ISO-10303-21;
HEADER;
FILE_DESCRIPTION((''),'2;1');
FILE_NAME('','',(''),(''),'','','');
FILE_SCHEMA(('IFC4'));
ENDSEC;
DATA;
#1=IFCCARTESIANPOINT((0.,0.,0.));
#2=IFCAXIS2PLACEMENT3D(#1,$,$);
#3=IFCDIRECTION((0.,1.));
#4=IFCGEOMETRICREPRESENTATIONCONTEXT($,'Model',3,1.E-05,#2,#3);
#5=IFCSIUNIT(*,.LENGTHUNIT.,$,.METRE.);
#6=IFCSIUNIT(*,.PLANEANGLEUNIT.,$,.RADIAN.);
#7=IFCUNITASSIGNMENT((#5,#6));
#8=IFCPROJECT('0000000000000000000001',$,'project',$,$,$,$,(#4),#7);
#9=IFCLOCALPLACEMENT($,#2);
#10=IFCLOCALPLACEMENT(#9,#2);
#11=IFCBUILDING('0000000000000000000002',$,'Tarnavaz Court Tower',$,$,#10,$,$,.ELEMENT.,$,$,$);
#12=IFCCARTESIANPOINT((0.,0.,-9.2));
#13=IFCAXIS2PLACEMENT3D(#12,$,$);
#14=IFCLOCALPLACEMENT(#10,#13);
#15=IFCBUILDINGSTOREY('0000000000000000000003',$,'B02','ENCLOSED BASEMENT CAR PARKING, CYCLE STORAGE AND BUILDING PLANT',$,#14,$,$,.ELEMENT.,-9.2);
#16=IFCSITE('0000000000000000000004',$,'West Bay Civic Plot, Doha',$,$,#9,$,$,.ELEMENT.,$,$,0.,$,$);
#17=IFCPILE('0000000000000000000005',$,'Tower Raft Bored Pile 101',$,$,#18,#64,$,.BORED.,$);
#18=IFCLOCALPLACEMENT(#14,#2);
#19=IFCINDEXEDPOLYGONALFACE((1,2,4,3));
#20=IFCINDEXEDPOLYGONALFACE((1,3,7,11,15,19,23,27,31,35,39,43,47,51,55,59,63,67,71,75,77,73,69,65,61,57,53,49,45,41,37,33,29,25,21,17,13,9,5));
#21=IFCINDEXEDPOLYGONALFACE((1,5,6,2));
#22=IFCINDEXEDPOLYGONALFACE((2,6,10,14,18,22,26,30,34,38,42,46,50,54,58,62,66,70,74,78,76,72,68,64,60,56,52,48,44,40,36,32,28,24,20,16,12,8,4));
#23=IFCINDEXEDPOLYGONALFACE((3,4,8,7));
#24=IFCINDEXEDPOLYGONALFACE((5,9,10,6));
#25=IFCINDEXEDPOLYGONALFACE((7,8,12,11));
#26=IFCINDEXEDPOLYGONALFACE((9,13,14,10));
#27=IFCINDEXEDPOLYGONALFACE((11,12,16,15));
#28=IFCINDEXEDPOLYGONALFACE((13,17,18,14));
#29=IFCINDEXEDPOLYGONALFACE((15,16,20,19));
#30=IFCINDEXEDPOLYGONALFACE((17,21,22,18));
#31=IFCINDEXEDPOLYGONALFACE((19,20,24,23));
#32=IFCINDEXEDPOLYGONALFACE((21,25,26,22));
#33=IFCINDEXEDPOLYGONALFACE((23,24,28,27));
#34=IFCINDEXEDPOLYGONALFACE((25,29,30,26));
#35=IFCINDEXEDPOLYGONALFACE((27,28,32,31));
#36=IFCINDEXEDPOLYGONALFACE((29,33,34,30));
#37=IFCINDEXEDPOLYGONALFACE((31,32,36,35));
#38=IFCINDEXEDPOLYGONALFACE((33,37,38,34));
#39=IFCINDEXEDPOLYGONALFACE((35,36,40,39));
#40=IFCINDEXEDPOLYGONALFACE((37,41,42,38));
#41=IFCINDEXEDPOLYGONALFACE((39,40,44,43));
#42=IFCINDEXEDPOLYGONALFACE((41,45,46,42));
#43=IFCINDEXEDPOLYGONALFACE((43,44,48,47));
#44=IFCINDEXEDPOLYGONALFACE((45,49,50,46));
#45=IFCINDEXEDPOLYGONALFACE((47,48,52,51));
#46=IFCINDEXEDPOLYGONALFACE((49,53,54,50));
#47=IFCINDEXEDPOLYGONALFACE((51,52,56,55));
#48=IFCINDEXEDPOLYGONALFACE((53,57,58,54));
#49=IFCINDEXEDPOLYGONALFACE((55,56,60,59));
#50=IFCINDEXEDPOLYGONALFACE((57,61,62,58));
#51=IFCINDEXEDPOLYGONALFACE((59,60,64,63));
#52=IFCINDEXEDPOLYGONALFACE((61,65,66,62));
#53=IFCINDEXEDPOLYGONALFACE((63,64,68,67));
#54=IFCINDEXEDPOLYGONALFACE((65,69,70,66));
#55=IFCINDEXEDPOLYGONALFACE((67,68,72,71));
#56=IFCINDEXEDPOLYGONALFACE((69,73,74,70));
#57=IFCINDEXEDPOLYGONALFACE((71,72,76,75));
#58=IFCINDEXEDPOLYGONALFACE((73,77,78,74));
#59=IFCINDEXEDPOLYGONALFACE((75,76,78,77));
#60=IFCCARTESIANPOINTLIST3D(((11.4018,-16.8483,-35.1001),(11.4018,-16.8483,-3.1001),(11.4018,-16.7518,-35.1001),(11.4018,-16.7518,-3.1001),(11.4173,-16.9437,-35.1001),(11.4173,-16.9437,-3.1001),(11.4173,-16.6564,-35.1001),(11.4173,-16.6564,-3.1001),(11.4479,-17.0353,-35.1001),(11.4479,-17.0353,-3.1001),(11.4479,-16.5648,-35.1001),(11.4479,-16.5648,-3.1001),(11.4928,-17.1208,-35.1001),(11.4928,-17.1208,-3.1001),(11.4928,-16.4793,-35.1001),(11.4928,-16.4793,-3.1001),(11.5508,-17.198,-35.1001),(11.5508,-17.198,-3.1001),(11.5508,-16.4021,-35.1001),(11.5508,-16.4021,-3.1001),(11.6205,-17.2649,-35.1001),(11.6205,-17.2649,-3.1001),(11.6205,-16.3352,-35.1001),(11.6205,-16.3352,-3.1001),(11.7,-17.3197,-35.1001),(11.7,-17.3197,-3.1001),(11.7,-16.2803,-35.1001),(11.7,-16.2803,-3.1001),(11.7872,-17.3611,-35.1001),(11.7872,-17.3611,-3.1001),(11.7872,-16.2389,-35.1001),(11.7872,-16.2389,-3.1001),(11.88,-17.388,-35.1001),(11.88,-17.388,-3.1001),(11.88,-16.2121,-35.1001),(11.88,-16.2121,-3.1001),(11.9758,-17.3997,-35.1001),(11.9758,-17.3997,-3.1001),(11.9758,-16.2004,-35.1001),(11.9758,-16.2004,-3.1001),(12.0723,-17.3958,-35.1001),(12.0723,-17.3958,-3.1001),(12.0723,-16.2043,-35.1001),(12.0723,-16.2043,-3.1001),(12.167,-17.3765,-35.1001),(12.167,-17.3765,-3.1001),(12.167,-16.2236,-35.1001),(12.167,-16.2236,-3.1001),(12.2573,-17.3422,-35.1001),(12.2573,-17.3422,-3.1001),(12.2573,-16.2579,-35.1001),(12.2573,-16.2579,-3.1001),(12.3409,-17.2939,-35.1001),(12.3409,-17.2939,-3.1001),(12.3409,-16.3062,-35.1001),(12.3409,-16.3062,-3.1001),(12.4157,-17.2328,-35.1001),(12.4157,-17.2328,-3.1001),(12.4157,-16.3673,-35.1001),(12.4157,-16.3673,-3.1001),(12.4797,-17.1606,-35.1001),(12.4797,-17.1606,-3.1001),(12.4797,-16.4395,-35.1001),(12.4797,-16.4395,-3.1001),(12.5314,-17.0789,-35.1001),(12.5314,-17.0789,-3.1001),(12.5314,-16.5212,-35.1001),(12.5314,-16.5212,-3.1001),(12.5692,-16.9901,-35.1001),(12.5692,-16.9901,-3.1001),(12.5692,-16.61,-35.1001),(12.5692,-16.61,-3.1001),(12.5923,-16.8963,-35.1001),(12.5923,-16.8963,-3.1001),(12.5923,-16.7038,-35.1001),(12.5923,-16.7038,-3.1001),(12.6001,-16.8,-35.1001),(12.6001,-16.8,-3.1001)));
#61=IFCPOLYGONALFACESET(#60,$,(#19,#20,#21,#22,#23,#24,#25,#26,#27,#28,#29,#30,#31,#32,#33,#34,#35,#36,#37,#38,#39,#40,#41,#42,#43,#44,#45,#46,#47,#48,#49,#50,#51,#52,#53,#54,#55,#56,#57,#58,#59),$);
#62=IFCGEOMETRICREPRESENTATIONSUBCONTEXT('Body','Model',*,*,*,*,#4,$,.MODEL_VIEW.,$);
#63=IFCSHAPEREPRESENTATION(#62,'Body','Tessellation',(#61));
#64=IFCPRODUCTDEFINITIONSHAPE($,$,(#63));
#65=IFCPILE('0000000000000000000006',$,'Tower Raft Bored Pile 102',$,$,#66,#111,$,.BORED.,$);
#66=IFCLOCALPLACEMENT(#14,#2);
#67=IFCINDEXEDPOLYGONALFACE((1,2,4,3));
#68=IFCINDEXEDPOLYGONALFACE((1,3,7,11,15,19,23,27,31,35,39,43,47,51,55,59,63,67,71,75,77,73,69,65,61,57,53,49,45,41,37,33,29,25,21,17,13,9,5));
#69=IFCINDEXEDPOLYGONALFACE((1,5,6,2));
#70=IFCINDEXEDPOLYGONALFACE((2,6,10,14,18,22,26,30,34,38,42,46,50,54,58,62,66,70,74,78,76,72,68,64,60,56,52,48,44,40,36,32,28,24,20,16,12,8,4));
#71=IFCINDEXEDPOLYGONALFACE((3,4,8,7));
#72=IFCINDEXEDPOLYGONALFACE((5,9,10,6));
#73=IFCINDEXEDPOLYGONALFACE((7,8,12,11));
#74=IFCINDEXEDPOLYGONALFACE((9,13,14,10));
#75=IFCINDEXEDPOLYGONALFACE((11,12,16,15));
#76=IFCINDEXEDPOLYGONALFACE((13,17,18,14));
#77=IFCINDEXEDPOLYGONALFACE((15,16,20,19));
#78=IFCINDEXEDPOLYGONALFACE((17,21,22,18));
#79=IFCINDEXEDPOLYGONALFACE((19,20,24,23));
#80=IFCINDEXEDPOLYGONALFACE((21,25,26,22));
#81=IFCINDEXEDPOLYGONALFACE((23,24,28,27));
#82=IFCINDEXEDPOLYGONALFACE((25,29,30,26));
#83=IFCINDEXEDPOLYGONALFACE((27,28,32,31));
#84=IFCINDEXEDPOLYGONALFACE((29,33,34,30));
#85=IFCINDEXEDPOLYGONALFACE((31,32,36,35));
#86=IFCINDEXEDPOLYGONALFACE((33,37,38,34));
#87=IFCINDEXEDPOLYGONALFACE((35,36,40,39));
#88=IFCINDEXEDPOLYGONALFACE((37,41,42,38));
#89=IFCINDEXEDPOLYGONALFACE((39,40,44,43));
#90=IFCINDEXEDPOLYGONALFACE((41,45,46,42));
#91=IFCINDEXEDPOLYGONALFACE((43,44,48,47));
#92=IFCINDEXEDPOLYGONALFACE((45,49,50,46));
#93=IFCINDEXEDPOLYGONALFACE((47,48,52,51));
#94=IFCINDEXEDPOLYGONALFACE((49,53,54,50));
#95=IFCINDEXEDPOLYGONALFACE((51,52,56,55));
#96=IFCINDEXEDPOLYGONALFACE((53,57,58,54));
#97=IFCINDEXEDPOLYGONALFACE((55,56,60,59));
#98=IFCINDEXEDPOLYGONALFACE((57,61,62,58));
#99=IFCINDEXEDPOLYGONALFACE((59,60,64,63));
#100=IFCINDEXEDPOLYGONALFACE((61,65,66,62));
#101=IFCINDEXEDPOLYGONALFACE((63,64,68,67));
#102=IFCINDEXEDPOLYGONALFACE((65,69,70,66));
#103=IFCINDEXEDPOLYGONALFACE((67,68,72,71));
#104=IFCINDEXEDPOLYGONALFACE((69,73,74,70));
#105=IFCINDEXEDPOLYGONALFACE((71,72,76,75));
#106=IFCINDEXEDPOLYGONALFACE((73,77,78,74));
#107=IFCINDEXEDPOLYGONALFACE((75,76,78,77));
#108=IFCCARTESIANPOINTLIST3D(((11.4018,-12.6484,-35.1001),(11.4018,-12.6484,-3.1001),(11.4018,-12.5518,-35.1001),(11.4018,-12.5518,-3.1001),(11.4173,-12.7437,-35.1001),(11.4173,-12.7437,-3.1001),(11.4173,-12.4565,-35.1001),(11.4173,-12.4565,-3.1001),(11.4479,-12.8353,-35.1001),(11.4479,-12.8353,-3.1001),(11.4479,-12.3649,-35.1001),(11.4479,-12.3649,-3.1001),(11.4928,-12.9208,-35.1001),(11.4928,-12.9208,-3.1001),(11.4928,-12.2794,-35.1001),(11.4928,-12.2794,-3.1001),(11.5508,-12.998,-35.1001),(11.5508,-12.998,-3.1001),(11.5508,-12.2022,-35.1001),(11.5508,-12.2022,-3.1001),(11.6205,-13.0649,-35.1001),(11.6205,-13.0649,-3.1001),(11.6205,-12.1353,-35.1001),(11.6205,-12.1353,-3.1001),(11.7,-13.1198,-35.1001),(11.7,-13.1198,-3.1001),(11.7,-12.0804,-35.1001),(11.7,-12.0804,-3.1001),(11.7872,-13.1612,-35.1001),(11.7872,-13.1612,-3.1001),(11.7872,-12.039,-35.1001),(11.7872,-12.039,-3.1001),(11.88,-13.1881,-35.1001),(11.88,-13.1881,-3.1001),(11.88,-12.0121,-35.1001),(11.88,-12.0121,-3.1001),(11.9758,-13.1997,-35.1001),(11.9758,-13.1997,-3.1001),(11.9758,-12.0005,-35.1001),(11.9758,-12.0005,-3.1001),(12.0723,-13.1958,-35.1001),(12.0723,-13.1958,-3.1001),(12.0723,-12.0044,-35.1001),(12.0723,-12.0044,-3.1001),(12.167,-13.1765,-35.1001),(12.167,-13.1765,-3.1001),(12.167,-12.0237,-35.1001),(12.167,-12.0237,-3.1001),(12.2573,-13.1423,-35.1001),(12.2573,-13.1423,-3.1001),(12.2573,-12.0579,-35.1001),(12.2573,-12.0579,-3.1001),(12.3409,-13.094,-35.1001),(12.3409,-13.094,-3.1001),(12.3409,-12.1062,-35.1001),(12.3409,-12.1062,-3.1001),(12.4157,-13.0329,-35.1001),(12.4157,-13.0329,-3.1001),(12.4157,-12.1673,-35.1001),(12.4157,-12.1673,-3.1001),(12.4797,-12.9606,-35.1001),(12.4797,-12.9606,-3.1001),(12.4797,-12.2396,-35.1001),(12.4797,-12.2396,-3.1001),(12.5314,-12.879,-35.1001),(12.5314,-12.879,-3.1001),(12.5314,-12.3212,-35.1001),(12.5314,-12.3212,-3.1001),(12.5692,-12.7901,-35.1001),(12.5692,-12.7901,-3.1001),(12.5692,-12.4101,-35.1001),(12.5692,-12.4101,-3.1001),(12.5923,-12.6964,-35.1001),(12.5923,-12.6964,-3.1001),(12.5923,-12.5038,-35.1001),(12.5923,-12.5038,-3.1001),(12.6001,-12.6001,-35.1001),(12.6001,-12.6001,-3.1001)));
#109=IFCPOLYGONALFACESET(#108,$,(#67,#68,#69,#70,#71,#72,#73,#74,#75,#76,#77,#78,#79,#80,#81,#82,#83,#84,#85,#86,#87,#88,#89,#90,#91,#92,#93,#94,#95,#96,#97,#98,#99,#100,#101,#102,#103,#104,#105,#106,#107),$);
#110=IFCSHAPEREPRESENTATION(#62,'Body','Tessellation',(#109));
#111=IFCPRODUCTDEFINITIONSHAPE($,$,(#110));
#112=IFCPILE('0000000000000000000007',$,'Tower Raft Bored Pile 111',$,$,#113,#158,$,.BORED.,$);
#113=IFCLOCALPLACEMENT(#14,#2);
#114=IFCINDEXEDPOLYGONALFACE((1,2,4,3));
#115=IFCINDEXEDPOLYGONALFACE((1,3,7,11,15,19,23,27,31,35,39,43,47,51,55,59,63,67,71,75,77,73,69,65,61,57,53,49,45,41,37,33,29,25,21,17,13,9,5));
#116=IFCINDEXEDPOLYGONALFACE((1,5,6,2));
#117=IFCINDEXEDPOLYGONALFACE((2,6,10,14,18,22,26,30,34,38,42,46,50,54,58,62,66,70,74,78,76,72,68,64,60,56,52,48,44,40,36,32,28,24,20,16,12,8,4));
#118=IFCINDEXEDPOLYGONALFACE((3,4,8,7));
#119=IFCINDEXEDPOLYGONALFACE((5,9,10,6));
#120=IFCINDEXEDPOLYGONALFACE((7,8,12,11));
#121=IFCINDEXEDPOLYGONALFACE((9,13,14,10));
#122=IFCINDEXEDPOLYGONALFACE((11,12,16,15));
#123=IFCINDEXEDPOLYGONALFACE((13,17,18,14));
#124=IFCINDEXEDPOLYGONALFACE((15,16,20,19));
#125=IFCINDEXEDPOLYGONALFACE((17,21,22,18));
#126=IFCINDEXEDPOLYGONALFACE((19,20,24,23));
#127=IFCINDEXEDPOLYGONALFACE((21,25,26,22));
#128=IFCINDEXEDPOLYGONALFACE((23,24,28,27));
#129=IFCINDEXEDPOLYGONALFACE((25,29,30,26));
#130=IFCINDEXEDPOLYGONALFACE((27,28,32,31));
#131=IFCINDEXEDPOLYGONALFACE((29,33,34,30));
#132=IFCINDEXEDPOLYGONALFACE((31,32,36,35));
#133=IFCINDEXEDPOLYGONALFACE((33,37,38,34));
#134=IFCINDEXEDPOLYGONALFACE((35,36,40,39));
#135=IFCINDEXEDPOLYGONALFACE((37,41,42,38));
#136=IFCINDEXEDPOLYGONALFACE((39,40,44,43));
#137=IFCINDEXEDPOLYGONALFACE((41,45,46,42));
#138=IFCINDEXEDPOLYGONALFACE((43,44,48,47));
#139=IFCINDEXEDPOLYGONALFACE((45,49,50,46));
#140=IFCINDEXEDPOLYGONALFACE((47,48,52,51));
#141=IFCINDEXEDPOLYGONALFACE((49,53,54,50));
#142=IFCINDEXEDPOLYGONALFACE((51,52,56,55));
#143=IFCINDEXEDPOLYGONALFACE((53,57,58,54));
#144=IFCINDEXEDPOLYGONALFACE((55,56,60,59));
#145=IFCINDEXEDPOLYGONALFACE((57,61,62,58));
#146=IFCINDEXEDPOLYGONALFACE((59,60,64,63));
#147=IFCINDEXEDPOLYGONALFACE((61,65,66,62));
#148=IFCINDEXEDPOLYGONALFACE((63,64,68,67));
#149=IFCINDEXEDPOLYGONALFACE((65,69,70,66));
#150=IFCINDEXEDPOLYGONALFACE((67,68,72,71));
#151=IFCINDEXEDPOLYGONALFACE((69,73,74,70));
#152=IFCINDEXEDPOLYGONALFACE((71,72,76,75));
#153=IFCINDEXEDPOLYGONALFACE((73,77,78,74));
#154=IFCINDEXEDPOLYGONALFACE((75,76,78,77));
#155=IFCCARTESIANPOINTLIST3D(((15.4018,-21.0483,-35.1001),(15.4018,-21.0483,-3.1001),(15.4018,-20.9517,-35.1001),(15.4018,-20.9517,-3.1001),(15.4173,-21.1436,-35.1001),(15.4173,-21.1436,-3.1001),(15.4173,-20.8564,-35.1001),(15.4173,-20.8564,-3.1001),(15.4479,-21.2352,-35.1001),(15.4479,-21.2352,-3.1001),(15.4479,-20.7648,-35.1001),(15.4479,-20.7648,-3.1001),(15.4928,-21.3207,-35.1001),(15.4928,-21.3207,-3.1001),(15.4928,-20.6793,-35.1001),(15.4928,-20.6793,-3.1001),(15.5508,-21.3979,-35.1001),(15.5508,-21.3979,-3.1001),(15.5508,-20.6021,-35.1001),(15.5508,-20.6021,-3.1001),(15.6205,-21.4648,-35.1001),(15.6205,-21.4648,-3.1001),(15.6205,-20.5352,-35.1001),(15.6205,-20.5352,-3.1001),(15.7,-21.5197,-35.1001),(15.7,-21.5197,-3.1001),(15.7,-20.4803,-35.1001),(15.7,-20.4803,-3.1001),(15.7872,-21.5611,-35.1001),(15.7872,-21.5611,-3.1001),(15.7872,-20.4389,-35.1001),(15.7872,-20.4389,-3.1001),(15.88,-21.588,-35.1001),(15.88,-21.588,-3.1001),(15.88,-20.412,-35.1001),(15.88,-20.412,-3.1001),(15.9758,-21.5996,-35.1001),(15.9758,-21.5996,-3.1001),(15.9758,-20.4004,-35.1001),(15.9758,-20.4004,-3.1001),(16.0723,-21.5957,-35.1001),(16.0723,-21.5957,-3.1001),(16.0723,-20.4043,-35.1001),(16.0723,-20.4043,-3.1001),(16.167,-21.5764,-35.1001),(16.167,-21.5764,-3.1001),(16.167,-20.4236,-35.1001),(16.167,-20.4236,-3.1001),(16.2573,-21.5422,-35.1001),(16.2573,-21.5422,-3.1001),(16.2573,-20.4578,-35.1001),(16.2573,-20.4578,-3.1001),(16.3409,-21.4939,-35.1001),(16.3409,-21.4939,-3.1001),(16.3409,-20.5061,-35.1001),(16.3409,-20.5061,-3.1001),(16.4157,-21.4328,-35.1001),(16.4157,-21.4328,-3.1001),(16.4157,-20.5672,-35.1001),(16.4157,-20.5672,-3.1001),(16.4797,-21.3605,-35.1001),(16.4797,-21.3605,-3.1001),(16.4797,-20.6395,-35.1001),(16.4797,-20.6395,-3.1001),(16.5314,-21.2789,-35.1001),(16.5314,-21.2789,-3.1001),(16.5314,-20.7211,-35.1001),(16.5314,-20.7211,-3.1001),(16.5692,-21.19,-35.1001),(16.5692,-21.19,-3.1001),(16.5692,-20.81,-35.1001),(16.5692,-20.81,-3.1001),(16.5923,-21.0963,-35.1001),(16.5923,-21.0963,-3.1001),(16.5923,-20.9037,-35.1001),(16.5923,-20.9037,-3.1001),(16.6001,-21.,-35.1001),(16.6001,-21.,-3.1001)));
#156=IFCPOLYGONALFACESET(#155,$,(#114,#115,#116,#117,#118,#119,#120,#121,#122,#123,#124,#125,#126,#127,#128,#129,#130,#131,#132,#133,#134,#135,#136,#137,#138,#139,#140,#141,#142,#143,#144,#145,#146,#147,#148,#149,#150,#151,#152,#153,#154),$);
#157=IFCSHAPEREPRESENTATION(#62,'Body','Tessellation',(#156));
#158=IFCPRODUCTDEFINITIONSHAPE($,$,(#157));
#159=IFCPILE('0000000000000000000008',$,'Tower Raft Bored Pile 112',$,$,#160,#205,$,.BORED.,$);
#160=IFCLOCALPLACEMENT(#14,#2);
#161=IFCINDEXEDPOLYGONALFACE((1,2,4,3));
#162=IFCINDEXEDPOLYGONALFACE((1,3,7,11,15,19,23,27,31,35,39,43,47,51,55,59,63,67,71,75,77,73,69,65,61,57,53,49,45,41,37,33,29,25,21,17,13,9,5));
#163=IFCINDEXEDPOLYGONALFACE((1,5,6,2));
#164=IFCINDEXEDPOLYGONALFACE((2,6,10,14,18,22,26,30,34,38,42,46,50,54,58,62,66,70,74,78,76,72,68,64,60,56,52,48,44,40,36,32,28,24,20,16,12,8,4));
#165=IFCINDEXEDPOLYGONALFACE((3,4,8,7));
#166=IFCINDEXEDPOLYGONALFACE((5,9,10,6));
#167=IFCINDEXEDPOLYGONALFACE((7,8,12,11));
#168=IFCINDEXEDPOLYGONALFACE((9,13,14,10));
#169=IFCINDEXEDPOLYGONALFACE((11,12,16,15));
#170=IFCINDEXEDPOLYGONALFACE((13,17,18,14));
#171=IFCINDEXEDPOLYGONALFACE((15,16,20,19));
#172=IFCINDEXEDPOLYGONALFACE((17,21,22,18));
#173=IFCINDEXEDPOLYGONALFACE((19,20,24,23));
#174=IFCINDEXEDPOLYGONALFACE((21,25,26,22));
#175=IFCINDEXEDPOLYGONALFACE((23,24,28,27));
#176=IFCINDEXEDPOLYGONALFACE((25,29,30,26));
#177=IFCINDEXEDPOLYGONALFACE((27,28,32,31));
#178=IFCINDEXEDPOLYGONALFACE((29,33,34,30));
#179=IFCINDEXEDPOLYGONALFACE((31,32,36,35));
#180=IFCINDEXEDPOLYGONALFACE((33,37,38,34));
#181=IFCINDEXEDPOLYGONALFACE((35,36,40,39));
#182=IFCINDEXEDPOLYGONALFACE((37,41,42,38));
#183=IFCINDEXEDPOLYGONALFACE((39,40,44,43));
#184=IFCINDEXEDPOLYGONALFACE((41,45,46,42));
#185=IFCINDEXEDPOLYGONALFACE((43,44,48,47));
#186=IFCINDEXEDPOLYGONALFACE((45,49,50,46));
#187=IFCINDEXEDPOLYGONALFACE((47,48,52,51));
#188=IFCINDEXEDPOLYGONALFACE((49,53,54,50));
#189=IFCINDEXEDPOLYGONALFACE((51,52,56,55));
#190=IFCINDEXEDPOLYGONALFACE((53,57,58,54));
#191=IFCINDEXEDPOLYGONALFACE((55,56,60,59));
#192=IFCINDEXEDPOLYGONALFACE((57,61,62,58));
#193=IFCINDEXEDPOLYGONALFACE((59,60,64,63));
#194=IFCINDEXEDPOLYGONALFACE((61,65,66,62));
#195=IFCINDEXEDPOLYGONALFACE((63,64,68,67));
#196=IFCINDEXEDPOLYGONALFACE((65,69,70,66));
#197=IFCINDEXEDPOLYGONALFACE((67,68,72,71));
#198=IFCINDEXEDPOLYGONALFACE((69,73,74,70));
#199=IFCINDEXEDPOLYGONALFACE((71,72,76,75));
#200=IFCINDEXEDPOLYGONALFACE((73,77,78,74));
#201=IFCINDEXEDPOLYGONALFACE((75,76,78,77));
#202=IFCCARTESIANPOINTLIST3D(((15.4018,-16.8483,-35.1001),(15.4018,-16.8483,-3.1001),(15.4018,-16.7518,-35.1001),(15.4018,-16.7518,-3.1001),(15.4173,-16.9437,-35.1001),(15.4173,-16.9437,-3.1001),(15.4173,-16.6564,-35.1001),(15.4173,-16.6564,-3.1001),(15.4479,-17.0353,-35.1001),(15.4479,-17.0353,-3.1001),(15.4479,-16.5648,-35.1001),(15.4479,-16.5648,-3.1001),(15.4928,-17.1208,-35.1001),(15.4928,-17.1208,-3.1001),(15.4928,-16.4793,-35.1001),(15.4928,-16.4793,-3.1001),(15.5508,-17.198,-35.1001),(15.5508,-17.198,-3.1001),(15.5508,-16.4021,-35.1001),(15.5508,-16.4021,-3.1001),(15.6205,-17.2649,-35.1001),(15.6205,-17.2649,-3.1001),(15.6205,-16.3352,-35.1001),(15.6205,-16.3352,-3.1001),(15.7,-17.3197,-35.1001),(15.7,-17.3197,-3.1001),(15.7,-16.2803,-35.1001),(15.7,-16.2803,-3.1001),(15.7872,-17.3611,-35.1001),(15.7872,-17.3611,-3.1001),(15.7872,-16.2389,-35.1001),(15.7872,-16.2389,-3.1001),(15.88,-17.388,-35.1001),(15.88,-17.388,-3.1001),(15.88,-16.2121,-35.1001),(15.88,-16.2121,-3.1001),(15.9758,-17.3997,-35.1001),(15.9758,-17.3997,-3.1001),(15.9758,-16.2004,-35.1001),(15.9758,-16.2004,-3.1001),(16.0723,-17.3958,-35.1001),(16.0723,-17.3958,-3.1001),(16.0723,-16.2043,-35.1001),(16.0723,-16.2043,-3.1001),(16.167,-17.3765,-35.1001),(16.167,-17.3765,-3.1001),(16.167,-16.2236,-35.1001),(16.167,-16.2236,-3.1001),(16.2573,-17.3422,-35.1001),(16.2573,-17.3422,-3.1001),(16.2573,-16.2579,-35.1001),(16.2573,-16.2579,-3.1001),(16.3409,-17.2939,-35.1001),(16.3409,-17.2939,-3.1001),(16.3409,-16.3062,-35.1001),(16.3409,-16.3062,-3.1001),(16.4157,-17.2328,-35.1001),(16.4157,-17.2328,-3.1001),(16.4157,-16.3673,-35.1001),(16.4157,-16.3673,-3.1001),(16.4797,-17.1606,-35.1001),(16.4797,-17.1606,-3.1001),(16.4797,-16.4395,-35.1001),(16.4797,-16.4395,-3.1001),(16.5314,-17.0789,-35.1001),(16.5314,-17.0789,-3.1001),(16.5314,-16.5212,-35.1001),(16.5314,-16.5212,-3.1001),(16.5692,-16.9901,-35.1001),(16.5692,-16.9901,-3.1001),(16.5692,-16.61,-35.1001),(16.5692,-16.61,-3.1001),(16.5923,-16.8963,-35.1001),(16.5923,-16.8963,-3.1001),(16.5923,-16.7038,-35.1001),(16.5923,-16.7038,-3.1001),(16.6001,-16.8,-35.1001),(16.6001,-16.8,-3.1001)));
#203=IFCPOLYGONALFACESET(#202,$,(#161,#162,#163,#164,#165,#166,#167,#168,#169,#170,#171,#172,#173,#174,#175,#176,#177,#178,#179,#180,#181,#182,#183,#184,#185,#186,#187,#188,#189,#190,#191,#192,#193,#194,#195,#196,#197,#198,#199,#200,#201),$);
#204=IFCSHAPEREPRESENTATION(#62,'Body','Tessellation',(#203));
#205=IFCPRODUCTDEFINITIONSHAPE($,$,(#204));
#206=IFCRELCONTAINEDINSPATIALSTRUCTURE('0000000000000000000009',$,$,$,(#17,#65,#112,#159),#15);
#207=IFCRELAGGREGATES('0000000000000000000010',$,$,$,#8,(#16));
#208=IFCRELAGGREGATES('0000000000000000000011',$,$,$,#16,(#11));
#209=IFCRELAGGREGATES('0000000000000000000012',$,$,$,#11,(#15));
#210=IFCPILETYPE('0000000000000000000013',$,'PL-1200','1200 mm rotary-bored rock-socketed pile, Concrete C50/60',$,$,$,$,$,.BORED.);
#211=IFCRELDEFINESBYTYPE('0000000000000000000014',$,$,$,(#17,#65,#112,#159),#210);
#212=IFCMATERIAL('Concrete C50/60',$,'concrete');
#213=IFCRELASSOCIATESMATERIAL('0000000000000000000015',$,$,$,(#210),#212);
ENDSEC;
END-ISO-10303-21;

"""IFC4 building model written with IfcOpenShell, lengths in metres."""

from ifc_helpers import new_model, si_unit, direction, frame, origin, origin_2d, place, context, subcontext, project, spatial, circle, extrude, material, material_profile, profile_set, type_object, element, save


model = new_model("IFC4")

# Units and contexts
model_context = context("Model", 3, precision=1e-05, world=origin(), true_north=direction((0.0, 1.0)))
body_context = subcontext(model_context, "Body", "Model", "MODEL_VIEW")
ifc_project = project(units=[si_unit("LENGTHUNIT", "METRE"), si_unit("PLANEANGLEUNIT", "RADIAN")], contexts=[model_context])

# Site, building, storey
site_placement = place(None, origin())
site = spatial("IfcSite", under=ifc_project, at=site_placement, Name="West Bay Civic Plot, Doha", CompositionType="ELEMENT", RefElevation=0.0)
building_placement = place(site_placement, origin())
building = spatial("IfcBuilding", under=site, at=building_placement, Name="Tarnavaz Court Tower", CompositionType="ELEMENT")
storey_placement = place(building_placement, frame((0.0, 0.0, -9.2)))
storey = spatial("IfcBuildingStorey", under=building, at=storey_placement, Name="B02", Description="ENCLOSED BASEMENT CAR PARKING, CYCLE STORAGE AND BUILDING PLANT", CompositionType="ELEMENT", Elevation=-9.2)

# Shared definitions
ifc_material_1 = material(Name="Concrete C50/60", Category="concrete")

# Piles
ifc_material_profile_1 = material_profile(ifc_material_1, circle(Radius=0.6001, at=origin_2d()), Name="PILE D1200")
ifc_profile_set_1 = profile_set([ifc_material_profile_1], Name="Concrete C50/60")
pile_type_1 = type_object("IfcPileType", Name="PL-1200", Description="1200 mm rotary-bored rock-socketed pile, Concrete C50/60", PredefinedType="BORED", material=ifc_profile_set_1)
for number, where, z_axis, x_axis, name in (
    (1, (12.0, -16.8, -3.1001), (0.0, 0.0, -1.0), (1.0, 0.0, 0.0), "Tower Raft Bored Pile 101"),
    (2, (12.0, -12.6001, -3.1001), (0.0, 0.0, -1.0), (1.0, 0.0, 0.0), "Tower Raft Bored Pile 102"),
    (3, (16.0, -21.0, -3.1001), (0.0, 0.0, -1.0), (1.0, 0.0, 0.0), "Tower Raft Bored Pile 111"),
    (4, (16.0, -16.8, -3.1001), (0.0, 0.0, -1.0), (1.0, 0.0, 0.0), "Tower Raft Bored Pile 112"),
):
    element("IfcPile", number, at=place(storey_placement, frame(where, z_axis=z_axis, x_axis=x_axis)), inside=storey, type_object=pile_type_1, Name=name, PredefinedType="BORED", context=body_context, shape_type="SweptSolid", body=[
        extrude(circle(Radius=0.6001, at=origin_2d()), origin(), (0.0, 0.0, 1.0), 32.0),
    ])

save(model, "model.ifc")
